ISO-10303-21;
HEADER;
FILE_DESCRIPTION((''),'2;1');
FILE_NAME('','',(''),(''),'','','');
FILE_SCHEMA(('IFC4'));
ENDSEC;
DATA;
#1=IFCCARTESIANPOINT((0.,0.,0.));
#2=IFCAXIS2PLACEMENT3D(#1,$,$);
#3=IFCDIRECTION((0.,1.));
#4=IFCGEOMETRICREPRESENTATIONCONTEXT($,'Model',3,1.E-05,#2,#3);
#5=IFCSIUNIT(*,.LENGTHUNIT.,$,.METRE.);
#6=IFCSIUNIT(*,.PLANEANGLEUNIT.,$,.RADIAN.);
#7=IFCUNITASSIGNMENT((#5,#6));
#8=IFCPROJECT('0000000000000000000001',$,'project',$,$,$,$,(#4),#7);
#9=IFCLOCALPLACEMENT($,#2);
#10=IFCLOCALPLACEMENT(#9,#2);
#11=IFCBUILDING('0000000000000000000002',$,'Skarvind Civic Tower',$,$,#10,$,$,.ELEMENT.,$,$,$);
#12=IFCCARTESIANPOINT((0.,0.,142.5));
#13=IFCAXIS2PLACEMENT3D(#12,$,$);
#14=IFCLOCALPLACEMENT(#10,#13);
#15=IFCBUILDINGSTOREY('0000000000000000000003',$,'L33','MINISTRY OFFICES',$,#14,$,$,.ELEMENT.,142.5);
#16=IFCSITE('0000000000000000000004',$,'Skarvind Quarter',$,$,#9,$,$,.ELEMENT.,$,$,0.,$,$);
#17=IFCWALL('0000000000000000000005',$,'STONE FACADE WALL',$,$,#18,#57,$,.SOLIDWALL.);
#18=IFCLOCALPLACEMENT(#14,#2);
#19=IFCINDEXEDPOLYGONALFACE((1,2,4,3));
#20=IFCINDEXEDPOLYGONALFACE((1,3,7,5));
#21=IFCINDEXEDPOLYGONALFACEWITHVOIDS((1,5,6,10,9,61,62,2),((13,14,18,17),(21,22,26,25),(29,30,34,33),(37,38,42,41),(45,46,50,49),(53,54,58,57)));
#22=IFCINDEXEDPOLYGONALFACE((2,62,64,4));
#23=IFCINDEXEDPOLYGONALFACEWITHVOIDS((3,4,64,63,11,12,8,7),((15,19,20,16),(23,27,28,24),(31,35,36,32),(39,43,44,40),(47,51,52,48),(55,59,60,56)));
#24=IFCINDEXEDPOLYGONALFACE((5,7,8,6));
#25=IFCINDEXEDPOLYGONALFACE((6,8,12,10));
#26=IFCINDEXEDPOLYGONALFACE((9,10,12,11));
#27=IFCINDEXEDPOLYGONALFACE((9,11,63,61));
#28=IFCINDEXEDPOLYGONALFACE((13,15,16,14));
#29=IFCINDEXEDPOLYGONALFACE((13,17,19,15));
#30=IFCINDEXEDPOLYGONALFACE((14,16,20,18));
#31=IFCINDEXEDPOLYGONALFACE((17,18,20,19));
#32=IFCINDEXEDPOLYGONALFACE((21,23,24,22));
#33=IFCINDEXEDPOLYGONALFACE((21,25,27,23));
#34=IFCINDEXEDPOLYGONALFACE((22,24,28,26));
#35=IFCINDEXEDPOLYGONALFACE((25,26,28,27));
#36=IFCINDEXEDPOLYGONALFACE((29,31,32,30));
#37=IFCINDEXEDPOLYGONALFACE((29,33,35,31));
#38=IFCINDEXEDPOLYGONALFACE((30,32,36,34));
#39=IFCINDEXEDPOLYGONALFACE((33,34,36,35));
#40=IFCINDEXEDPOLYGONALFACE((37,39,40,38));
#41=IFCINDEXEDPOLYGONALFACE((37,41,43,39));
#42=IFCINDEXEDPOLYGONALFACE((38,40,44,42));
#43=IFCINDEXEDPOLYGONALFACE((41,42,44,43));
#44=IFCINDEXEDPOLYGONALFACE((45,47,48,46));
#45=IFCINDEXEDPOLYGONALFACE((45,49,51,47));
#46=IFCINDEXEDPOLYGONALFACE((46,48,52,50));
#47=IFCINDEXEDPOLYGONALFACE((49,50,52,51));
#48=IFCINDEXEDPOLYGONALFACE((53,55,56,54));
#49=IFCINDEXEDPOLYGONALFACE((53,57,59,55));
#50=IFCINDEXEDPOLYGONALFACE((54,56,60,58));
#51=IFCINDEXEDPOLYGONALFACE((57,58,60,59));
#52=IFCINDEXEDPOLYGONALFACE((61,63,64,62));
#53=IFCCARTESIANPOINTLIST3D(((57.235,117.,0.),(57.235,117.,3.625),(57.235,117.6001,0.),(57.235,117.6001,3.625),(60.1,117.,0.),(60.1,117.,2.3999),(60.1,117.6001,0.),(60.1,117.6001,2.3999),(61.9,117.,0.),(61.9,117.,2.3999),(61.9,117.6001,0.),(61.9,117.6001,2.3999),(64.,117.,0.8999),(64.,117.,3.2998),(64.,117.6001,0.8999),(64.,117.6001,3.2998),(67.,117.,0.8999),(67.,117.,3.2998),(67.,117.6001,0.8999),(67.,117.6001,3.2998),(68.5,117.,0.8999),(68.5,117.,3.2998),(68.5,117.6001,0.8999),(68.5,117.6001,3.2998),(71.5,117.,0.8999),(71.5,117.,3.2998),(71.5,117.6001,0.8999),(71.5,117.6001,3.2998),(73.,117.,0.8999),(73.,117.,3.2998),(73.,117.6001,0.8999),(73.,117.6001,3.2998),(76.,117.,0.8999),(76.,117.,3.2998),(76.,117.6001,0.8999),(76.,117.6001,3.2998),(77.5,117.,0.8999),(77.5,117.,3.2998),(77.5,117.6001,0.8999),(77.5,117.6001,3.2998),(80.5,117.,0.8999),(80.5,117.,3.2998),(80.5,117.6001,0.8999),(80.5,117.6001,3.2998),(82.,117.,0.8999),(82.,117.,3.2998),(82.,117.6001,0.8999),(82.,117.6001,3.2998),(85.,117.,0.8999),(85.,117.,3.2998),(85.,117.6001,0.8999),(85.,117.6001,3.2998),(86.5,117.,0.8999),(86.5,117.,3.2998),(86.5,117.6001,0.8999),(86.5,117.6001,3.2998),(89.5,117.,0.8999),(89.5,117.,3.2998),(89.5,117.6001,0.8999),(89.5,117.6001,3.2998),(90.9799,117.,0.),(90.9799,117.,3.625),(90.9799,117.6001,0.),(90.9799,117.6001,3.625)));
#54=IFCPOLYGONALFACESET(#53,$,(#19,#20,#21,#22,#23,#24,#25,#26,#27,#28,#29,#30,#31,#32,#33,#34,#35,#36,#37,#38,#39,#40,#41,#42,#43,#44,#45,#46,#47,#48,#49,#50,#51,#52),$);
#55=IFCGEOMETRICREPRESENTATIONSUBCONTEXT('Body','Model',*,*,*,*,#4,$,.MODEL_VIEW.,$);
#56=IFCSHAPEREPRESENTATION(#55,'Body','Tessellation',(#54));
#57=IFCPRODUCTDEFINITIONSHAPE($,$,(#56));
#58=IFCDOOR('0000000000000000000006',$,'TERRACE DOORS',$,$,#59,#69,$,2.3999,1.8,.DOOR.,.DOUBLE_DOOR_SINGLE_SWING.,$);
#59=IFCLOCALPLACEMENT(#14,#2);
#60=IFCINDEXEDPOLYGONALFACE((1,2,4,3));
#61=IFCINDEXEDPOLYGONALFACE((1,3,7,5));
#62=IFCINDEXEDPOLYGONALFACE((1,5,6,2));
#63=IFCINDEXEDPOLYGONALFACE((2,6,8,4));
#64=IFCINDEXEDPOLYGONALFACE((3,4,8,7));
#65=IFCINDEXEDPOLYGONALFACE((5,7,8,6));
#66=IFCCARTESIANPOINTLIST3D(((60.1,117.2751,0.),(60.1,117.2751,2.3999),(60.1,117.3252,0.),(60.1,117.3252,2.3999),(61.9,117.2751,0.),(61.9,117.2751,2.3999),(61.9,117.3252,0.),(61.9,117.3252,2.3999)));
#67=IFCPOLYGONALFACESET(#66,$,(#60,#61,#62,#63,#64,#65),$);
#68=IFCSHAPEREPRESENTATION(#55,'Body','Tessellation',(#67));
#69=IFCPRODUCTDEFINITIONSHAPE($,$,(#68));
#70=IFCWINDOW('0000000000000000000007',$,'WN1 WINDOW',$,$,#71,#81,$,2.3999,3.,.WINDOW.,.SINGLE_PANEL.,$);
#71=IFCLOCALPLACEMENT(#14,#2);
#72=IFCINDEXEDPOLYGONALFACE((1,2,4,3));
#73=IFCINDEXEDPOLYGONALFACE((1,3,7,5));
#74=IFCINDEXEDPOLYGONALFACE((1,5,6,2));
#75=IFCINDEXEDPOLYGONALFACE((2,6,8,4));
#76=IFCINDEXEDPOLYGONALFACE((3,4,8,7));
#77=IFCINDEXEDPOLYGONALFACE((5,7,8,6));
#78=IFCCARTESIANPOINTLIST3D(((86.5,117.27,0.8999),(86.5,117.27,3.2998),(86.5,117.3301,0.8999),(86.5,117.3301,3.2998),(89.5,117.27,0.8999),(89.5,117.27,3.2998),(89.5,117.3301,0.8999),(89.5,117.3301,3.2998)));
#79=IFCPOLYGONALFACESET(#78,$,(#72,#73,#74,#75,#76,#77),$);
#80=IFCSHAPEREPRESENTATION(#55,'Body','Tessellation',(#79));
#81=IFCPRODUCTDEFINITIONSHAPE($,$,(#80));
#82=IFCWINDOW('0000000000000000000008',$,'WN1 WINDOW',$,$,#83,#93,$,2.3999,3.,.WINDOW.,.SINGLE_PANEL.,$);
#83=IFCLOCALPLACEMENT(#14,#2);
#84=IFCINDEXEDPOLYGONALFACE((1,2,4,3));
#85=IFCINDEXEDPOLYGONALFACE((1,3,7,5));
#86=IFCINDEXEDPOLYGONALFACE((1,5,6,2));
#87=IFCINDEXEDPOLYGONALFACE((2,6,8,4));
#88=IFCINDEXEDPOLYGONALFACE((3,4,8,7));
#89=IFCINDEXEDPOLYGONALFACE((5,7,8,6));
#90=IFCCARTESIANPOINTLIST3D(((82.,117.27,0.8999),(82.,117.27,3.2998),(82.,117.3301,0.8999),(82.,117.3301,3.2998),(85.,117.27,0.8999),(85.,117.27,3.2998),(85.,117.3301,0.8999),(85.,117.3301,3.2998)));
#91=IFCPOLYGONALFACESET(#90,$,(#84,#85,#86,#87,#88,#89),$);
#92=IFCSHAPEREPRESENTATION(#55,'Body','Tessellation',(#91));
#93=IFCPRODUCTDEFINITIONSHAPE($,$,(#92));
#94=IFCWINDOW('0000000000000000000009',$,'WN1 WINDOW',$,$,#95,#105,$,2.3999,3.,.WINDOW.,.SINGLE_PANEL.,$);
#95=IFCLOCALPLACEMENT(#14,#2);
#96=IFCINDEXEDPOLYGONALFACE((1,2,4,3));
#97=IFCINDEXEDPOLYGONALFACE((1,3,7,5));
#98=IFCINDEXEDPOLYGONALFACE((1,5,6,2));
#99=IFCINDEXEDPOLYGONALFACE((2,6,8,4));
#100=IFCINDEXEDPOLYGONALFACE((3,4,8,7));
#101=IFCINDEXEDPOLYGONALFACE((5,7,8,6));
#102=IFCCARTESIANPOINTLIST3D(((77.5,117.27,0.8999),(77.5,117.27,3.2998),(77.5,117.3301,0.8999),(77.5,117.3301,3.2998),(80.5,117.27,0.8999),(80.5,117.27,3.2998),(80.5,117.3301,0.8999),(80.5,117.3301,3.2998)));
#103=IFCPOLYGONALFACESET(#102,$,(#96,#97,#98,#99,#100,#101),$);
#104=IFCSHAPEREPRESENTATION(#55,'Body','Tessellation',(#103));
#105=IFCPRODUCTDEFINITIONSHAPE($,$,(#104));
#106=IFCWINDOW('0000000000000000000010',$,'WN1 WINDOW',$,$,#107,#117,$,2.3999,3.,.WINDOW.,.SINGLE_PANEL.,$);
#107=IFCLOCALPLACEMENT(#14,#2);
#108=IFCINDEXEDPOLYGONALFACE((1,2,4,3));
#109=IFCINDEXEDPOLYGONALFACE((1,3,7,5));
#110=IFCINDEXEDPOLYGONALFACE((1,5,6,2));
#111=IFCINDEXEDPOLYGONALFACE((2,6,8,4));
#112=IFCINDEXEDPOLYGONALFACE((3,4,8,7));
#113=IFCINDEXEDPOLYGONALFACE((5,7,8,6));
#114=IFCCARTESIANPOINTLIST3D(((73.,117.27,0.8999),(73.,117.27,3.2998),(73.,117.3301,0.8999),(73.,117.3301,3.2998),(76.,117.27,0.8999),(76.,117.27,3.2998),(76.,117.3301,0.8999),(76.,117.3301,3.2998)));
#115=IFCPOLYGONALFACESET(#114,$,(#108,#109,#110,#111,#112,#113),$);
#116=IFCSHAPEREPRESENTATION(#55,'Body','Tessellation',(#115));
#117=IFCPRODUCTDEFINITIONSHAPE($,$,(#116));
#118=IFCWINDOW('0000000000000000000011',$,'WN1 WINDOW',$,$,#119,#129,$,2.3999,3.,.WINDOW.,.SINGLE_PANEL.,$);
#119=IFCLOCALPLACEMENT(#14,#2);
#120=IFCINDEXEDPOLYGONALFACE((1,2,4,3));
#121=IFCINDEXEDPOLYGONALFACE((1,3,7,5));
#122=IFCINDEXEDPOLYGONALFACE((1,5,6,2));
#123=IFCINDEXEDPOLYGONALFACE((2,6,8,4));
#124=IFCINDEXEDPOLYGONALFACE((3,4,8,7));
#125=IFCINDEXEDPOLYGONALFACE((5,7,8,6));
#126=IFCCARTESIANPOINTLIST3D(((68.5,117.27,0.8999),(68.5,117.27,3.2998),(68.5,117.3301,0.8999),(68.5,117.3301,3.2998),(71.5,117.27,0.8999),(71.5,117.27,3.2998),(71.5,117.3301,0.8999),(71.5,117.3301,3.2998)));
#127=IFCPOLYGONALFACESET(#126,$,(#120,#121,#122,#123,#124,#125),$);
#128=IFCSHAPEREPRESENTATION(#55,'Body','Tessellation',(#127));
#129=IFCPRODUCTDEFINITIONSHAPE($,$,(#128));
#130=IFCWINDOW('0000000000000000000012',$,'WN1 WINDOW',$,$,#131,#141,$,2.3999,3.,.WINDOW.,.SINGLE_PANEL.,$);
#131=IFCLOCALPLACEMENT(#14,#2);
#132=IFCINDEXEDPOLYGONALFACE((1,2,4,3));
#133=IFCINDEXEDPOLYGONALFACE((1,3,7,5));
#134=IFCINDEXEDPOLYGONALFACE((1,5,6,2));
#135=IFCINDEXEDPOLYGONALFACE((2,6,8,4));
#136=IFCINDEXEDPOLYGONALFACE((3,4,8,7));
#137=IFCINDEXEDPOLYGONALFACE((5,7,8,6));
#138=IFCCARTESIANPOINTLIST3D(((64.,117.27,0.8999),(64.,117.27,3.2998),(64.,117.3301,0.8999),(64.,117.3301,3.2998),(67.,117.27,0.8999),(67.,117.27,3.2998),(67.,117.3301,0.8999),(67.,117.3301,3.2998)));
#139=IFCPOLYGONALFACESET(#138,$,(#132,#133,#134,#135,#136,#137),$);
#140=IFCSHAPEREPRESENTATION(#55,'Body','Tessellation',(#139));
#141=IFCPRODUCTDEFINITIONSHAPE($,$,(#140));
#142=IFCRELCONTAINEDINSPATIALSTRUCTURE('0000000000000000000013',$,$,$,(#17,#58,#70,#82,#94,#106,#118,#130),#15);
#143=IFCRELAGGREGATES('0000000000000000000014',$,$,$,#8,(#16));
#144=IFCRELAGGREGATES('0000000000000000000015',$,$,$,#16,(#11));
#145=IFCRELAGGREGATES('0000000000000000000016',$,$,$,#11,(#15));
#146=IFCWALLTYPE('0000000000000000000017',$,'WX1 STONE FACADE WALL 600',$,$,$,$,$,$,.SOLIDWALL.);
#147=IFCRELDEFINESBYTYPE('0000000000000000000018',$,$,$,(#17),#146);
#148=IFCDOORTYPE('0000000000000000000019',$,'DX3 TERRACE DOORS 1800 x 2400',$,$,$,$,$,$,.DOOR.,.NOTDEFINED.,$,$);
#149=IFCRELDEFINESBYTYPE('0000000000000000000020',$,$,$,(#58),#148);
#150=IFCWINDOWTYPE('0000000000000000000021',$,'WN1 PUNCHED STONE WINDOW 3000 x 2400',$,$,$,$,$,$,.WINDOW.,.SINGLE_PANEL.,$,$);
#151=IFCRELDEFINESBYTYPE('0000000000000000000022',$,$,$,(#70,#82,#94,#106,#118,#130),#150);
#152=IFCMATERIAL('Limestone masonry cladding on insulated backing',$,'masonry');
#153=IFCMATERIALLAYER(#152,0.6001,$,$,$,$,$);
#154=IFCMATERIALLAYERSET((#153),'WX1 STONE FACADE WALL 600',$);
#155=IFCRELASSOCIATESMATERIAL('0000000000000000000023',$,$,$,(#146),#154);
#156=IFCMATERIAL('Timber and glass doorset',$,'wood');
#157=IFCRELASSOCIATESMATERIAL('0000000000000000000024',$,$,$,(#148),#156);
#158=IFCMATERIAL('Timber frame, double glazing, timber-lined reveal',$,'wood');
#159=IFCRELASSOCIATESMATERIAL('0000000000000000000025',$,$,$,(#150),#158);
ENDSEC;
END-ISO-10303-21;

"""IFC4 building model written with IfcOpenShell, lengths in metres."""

from ifc_helpers import new_model, si_unit, direction, frame, frame_2d, origin, place, context, subcontext, project, spatial, rectangle, extrude, material, layer, layer_set, type_object, element, fill, save


model = new_model("IFC4")

# Units and contexts
model_context = context("Model", 3, precision=1e-05, world=origin(), true_north=direction((0.0, 1.0)))
body_context = subcontext(model_context, "Body", "Model", "MODEL_VIEW")
ifc_project = project(units=[si_unit("LENGTHUNIT", "METRE"), si_unit("PLANEANGLEUNIT", "RADIAN")], contexts=[model_context])

# Site, building, storey
site_placement = place(None, origin())
site = spatial("IfcSite", under=ifc_project, at=site_placement, Name="Skarvind Quarter", CompositionType="ELEMENT", RefElevation=0.0)
building_placement = place(site_placement, origin())
building = spatial("IfcBuilding", under=site, at=building_placement, Name="Skarvind Civic Tower", CompositionType="ELEMENT")
storey_placement = place(building_placement, frame((0.0, 0.0, 142.5)))
storey = spatial("IfcBuildingStorey", under=building, at=storey_placement, Name="L33", Description="MINISTRY OFFICES", CompositionType="ELEMENT", Elevation=142.5)

# Wall, openings, door, windows
ifc_material_1 = material(Name="Limestone masonry cladding on insulated backing", Category="masonry")
ifc_layer_1 = layer(ifc_material_1, 0.6001)
ifc_layer_set_1 = layer_set([ifc_layer_1], Name="WX1 STONE FACADE WALL 600")
wall_type_1 = type_object("IfcWallType", Name="WX1 STONE FACADE WALL 600", PredefinedType="SOLIDWALL", material=ifc_layer_set_1)
wall_1_placement = place(storey_placement, frame((90.98, 117.3, 0.0), z_axis=(0.0, 0.0, 1.0), x_axis=(-1.0, 0.0, 0.0)))
wall_1 = element("IfcWall", 1, at=wall_1_placement, inside=storey, type_object=wall_type_1, Name="STONE FACADE WALL", PredefinedType="SOLIDWALL", context=body_context, shape_type="SweptSolid", body=[
    extrude(rectangle(XDim=33.7449, YDim=0.6001, at=frame_2d((16.8726, 0.0))), origin(), (0.0, 0.0, 1.0), 3.625),
])
opening_1_placement = place(wall_1_placement, frame((1.48, 0.0, 0.8999)))
opening_1 = element("IfcOpeningElement", 2, at=opening_1_placement, cuts=wall_1, PredefinedType="OPENING", context=body_context, shape_type="SweptSolid", body=[
    extrude(rectangle(XDim=3.0, YDim=2.3999, at=frame_2d((1.5, 1.2))), frame((0.0, 0.3101, 0.0), z_axis=(0.0, -1.0, 0.0), x_axis=(1.0, 0.0, 0.0)), (0.0, 0.0, 1.0), 0.6201),
])
opening_2_placement = place(wall_1_placement, frame((5.98, 0.0, 0.8999)))
opening_2 = element("IfcOpeningElement", 3, at=opening_2_placement, cuts=wall_1, PredefinedType="OPENING", context=body_context, shape_type="SweptSolid", body=[
    extrude(rectangle(XDim=3.0, YDim=2.3999, at=frame_2d((1.5, 1.2))), frame((0.0, 0.3101, 0.0), z_axis=(0.0, -1.0, 0.0), x_axis=(1.0, 0.0, 0.0)), (0.0, 0.0, 1.0), 0.6201),
])
opening_3_placement = place(wall_1_placement, frame((10.48, 0.0, 0.8999)))
opening_3 = element("IfcOpeningElement", 4, at=opening_3_placement, cuts=wall_1, PredefinedType="OPENING", context=body_context, shape_type="SweptSolid", body=[
    extrude(rectangle(XDim=3.0, YDim=2.3999, at=frame_2d((1.5, 1.2))), frame((0.0, 0.3101, 0.0), z_axis=(0.0, -1.0, 0.0), x_axis=(1.0, 0.0, 0.0)), (0.0, 0.0, 1.0), 0.6201),
])
opening_4_placement = place(wall_1_placement, frame((14.98, 0.0, 0.8999)))
opening_4 = element("IfcOpeningElement", 5, at=opening_4_placement, cuts=wall_1, PredefinedType="OPENING", context=body_context, shape_type="SweptSolid", body=[
    extrude(rectangle(XDim=3.0, YDim=2.3999, at=frame_2d((1.5, 1.2))), frame((0.0, 0.3101, 0.0), z_axis=(0.0, -1.0, 0.0), x_axis=(1.0, 0.0, 0.0)), (0.0, 0.0, 1.0), 0.6201),
])
opening_5_placement = place(wall_1_placement, frame((19.48, 0.0, 0.8999)))
opening_5 = element("IfcOpeningElement", 6, at=opening_5_placement, cuts=wall_1, PredefinedType="OPENING", context=body_context, shape_type="SweptSolid", body=[
    extrude(rectangle(XDim=3.0, YDim=2.3999, at=frame_2d((1.5, 1.2))), frame((0.0, 0.3101, 0.0), z_axis=(0.0, -1.0, 0.0), x_axis=(1.0, 0.0, 0.0)), (0.0, 0.0, 1.0), 0.6201),
])
opening_6_placement = place(wall_1_placement, frame((23.98, 0.0, 0.8999)))
opening_6 = element("IfcOpeningElement", 7, at=opening_6_placement, cuts=wall_1, PredefinedType="OPENING", context=body_context, shape_type="SweptSolid", body=[
    extrude(rectangle(XDim=3.0, YDim=2.3999, at=frame_2d((1.5, 1.2))), frame((0.0, 0.3101, 0.0), z_axis=(0.0, -1.0, 0.0), x_axis=(1.0, 0.0, 0.0)), (0.0, 0.0, 1.0), 0.6201),
])
opening_7_placement = place(wall_1_placement, frame((29.0801, 0.0, 0.0)))
opening_7 = element("IfcOpeningElement", 8, at=opening_7_placement, cuts=wall_1, PredefinedType="OPENING", context=body_context, shape_type="SweptSolid", body=[
    extrude(rectangle(XDim=1.8, YDim=2.3999, at=frame_2d((0.8999, 1.2))), frame((0.0, 0.3101, 0.0), z_axis=(0.0, -1.0, 0.0), x_axis=(1.0, 0.0, 0.0)), (0.0, 0.0, 1.0), 0.6201),
])
ifc_material_2 = material(Name="Timber and glass doorset", Category="wood")
door_type = type_object("IfcDoorType", Name="DX3 TERRACE DOORS 1800 x 2400", OperationType="NOTDEFINED", PredefinedType="DOOR", material=ifc_material_2)
door_placement = place(opening_7_placement, origin())
door = element("IfcDoor", 9, at=door_placement, inside=storey, type_object=door_type, Name="TERRACE DOORS", OperationType="DOUBLE_DOOR_SINGLE_SWING", OverallHeight=2.3999, OverallWidth=1.8, PredefinedType="DOOR", context=body_context, shape_type="SweptSolid", body=[
    extrude(rectangle(XDim=1.8, YDim=2.3999, at=frame_2d((0.8999, 1.2))), frame((0.0, 0.0249, 0.0), z_axis=(0.0, -1.0, 0.0), x_axis=(1.0, 0.0, 0.0)), (0.0, 0.0, 1.0), 0.05),
])
fill(opening_7, door)
ifc_material_3 = material(Name="Timber frame, double glazing, timber-lined reveal", Category="wood")
window_type = type_object("IfcWindowType", Name="WN1 PUNCHED STONE WINDOW 3000 x 2400", PartitioningType="SINGLE_PANEL", PredefinedType="WINDOW", material=ifc_material_3)
window_1_placement = place(opening_1_placement, origin())
window_1 = element("IfcWindow", 10, at=window_1_placement, inside=storey, type_object=window_type, Name="WN1 WINDOW", OverallHeight=2.3999, OverallWidth=3.0, PartitioningType="SINGLE_PANEL", PredefinedType="WINDOW", context=body_context, shape_type="SweptSolid", body=[
    extrude(rectangle(XDim=3.0, YDim=2.3999, at=frame_2d((1.5, 1.2))), frame((0.0, 0.03, 0.0), z_axis=(0.0, -1.0, 0.0), x_axis=(1.0, 0.0, 0.0)), (0.0, 0.0, 1.0), 0.0601),
])
fill(opening_1, window_1)
window_2_placement = place(opening_2_placement, origin())
window_2 = element("IfcWindow", 11, at=window_2_placement, inside=storey, type_object=window_type, Name="WN1 WINDOW", OverallHeight=2.3999, OverallWidth=3.0, PartitioningType="SINGLE_PANEL", PredefinedType="WINDOW", context=body_context, shape_type="SweptSolid", body=[
    extrude(rectangle(XDim=3.0, YDim=2.3999, at=frame_2d((1.5, 1.2))), frame((0.0, 0.03, 0.0), z_axis=(0.0, -1.0, 0.0), x_axis=(1.0, 0.0, 0.0)), (0.0, 0.0, 1.0), 0.0601),
])
fill(opening_2, window_2)
window_3_placement = place(opening_3_placement, origin())
window_3 = element("IfcWindow", 12, at=window_3_placement, inside=storey, type_object=window_type, Name="WN1 WINDOW", OverallHeight=2.3999, OverallWidth=3.0, PartitioningType="SINGLE_PANEL", PredefinedType="WINDOW", context=body_context, shape_type="SweptSolid", body=[
    extrude(rectangle(XDim=3.0, YDim=2.3999, at=frame_2d((1.5, 1.2))), frame((0.0, 0.03, 0.0), z_axis=(0.0, -1.0, 0.0), x_axis=(1.0, 0.0, 0.0)), (0.0, 0.0, 1.0), 0.0601),
])
fill(opening_3, window_3)
window_4_placement = place(opening_4_placement, origin())
window_4 = element("IfcWindow", 13, at=window_4_placement, inside=storey, type_object=window_type, Name="WN1 WINDOW", OverallHeight=2.3999, OverallWidth=3.0, PartitioningType="SINGLE_PANEL", PredefinedType="WINDOW", context=body_context, shape_type="SweptSolid", body=[
    extrude(rectangle(XDim=3.0, YDim=2.3999, at=frame_2d((1.5, 1.2))), frame((0.0, 0.03, 0.0), z_axis=(0.0, -1.0, 0.0), x_axis=(1.0, 0.0, 0.0)), (0.0, 0.0, 1.0), 0.0601),
])
fill(opening_4, window_4)
window_5_placement = place(opening_5_placement, origin())
window_5 = element("IfcWindow", 14, at=window_5_placement, inside=storey, type_object=window_type, Name="WN1 WINDOW", OverallHeight=2.3999, OverallWidth=3.0, PartitioningType="SINGLE_PANEL", PredefinedType="WINDOW", context=body_context, shape_type="SweptSolid", body=[
    extrude(rectangle(XDim=3.0, YDim=2.3999, at=frame_2d((1.5, 1.2))), frame((0.0, 0.03, 0.0), z_axis=(0.0, -1.0, 0.0), x_axis=(1.0, 0.0, 0.0)), (0.0, 0.0, 1.0), 0.0601),
])
fill(opening_5, window_5)
window_6_placement = place(opening_6_placement, origin())
window_6 = element("IfcWindow", 15, at=window_6_placement, inside=storey, type_object=window_type, Name="WN1 WINDOW", OverallHeight=2.3999, OverallWidth=3.0, PartitioningType="SINGLE_PANEL", PredefinedType="WINDOW", context=body_context, shape_type="SweptSolid", body=[
    extrude(rectangle(XDim=3.0, YDim=2.3999, at=frame_2d((1.5, 1.2))), frame((0.0, 0.03, 0.0), z_axis=(0.0, -1.0, 0.0), x_axis=(1.0, 0.0, 0.0)), (0.0, 0.0, 1.0), 0.0601),
])
fill(opening_6, window_6)

save(model, "model.ifc")
